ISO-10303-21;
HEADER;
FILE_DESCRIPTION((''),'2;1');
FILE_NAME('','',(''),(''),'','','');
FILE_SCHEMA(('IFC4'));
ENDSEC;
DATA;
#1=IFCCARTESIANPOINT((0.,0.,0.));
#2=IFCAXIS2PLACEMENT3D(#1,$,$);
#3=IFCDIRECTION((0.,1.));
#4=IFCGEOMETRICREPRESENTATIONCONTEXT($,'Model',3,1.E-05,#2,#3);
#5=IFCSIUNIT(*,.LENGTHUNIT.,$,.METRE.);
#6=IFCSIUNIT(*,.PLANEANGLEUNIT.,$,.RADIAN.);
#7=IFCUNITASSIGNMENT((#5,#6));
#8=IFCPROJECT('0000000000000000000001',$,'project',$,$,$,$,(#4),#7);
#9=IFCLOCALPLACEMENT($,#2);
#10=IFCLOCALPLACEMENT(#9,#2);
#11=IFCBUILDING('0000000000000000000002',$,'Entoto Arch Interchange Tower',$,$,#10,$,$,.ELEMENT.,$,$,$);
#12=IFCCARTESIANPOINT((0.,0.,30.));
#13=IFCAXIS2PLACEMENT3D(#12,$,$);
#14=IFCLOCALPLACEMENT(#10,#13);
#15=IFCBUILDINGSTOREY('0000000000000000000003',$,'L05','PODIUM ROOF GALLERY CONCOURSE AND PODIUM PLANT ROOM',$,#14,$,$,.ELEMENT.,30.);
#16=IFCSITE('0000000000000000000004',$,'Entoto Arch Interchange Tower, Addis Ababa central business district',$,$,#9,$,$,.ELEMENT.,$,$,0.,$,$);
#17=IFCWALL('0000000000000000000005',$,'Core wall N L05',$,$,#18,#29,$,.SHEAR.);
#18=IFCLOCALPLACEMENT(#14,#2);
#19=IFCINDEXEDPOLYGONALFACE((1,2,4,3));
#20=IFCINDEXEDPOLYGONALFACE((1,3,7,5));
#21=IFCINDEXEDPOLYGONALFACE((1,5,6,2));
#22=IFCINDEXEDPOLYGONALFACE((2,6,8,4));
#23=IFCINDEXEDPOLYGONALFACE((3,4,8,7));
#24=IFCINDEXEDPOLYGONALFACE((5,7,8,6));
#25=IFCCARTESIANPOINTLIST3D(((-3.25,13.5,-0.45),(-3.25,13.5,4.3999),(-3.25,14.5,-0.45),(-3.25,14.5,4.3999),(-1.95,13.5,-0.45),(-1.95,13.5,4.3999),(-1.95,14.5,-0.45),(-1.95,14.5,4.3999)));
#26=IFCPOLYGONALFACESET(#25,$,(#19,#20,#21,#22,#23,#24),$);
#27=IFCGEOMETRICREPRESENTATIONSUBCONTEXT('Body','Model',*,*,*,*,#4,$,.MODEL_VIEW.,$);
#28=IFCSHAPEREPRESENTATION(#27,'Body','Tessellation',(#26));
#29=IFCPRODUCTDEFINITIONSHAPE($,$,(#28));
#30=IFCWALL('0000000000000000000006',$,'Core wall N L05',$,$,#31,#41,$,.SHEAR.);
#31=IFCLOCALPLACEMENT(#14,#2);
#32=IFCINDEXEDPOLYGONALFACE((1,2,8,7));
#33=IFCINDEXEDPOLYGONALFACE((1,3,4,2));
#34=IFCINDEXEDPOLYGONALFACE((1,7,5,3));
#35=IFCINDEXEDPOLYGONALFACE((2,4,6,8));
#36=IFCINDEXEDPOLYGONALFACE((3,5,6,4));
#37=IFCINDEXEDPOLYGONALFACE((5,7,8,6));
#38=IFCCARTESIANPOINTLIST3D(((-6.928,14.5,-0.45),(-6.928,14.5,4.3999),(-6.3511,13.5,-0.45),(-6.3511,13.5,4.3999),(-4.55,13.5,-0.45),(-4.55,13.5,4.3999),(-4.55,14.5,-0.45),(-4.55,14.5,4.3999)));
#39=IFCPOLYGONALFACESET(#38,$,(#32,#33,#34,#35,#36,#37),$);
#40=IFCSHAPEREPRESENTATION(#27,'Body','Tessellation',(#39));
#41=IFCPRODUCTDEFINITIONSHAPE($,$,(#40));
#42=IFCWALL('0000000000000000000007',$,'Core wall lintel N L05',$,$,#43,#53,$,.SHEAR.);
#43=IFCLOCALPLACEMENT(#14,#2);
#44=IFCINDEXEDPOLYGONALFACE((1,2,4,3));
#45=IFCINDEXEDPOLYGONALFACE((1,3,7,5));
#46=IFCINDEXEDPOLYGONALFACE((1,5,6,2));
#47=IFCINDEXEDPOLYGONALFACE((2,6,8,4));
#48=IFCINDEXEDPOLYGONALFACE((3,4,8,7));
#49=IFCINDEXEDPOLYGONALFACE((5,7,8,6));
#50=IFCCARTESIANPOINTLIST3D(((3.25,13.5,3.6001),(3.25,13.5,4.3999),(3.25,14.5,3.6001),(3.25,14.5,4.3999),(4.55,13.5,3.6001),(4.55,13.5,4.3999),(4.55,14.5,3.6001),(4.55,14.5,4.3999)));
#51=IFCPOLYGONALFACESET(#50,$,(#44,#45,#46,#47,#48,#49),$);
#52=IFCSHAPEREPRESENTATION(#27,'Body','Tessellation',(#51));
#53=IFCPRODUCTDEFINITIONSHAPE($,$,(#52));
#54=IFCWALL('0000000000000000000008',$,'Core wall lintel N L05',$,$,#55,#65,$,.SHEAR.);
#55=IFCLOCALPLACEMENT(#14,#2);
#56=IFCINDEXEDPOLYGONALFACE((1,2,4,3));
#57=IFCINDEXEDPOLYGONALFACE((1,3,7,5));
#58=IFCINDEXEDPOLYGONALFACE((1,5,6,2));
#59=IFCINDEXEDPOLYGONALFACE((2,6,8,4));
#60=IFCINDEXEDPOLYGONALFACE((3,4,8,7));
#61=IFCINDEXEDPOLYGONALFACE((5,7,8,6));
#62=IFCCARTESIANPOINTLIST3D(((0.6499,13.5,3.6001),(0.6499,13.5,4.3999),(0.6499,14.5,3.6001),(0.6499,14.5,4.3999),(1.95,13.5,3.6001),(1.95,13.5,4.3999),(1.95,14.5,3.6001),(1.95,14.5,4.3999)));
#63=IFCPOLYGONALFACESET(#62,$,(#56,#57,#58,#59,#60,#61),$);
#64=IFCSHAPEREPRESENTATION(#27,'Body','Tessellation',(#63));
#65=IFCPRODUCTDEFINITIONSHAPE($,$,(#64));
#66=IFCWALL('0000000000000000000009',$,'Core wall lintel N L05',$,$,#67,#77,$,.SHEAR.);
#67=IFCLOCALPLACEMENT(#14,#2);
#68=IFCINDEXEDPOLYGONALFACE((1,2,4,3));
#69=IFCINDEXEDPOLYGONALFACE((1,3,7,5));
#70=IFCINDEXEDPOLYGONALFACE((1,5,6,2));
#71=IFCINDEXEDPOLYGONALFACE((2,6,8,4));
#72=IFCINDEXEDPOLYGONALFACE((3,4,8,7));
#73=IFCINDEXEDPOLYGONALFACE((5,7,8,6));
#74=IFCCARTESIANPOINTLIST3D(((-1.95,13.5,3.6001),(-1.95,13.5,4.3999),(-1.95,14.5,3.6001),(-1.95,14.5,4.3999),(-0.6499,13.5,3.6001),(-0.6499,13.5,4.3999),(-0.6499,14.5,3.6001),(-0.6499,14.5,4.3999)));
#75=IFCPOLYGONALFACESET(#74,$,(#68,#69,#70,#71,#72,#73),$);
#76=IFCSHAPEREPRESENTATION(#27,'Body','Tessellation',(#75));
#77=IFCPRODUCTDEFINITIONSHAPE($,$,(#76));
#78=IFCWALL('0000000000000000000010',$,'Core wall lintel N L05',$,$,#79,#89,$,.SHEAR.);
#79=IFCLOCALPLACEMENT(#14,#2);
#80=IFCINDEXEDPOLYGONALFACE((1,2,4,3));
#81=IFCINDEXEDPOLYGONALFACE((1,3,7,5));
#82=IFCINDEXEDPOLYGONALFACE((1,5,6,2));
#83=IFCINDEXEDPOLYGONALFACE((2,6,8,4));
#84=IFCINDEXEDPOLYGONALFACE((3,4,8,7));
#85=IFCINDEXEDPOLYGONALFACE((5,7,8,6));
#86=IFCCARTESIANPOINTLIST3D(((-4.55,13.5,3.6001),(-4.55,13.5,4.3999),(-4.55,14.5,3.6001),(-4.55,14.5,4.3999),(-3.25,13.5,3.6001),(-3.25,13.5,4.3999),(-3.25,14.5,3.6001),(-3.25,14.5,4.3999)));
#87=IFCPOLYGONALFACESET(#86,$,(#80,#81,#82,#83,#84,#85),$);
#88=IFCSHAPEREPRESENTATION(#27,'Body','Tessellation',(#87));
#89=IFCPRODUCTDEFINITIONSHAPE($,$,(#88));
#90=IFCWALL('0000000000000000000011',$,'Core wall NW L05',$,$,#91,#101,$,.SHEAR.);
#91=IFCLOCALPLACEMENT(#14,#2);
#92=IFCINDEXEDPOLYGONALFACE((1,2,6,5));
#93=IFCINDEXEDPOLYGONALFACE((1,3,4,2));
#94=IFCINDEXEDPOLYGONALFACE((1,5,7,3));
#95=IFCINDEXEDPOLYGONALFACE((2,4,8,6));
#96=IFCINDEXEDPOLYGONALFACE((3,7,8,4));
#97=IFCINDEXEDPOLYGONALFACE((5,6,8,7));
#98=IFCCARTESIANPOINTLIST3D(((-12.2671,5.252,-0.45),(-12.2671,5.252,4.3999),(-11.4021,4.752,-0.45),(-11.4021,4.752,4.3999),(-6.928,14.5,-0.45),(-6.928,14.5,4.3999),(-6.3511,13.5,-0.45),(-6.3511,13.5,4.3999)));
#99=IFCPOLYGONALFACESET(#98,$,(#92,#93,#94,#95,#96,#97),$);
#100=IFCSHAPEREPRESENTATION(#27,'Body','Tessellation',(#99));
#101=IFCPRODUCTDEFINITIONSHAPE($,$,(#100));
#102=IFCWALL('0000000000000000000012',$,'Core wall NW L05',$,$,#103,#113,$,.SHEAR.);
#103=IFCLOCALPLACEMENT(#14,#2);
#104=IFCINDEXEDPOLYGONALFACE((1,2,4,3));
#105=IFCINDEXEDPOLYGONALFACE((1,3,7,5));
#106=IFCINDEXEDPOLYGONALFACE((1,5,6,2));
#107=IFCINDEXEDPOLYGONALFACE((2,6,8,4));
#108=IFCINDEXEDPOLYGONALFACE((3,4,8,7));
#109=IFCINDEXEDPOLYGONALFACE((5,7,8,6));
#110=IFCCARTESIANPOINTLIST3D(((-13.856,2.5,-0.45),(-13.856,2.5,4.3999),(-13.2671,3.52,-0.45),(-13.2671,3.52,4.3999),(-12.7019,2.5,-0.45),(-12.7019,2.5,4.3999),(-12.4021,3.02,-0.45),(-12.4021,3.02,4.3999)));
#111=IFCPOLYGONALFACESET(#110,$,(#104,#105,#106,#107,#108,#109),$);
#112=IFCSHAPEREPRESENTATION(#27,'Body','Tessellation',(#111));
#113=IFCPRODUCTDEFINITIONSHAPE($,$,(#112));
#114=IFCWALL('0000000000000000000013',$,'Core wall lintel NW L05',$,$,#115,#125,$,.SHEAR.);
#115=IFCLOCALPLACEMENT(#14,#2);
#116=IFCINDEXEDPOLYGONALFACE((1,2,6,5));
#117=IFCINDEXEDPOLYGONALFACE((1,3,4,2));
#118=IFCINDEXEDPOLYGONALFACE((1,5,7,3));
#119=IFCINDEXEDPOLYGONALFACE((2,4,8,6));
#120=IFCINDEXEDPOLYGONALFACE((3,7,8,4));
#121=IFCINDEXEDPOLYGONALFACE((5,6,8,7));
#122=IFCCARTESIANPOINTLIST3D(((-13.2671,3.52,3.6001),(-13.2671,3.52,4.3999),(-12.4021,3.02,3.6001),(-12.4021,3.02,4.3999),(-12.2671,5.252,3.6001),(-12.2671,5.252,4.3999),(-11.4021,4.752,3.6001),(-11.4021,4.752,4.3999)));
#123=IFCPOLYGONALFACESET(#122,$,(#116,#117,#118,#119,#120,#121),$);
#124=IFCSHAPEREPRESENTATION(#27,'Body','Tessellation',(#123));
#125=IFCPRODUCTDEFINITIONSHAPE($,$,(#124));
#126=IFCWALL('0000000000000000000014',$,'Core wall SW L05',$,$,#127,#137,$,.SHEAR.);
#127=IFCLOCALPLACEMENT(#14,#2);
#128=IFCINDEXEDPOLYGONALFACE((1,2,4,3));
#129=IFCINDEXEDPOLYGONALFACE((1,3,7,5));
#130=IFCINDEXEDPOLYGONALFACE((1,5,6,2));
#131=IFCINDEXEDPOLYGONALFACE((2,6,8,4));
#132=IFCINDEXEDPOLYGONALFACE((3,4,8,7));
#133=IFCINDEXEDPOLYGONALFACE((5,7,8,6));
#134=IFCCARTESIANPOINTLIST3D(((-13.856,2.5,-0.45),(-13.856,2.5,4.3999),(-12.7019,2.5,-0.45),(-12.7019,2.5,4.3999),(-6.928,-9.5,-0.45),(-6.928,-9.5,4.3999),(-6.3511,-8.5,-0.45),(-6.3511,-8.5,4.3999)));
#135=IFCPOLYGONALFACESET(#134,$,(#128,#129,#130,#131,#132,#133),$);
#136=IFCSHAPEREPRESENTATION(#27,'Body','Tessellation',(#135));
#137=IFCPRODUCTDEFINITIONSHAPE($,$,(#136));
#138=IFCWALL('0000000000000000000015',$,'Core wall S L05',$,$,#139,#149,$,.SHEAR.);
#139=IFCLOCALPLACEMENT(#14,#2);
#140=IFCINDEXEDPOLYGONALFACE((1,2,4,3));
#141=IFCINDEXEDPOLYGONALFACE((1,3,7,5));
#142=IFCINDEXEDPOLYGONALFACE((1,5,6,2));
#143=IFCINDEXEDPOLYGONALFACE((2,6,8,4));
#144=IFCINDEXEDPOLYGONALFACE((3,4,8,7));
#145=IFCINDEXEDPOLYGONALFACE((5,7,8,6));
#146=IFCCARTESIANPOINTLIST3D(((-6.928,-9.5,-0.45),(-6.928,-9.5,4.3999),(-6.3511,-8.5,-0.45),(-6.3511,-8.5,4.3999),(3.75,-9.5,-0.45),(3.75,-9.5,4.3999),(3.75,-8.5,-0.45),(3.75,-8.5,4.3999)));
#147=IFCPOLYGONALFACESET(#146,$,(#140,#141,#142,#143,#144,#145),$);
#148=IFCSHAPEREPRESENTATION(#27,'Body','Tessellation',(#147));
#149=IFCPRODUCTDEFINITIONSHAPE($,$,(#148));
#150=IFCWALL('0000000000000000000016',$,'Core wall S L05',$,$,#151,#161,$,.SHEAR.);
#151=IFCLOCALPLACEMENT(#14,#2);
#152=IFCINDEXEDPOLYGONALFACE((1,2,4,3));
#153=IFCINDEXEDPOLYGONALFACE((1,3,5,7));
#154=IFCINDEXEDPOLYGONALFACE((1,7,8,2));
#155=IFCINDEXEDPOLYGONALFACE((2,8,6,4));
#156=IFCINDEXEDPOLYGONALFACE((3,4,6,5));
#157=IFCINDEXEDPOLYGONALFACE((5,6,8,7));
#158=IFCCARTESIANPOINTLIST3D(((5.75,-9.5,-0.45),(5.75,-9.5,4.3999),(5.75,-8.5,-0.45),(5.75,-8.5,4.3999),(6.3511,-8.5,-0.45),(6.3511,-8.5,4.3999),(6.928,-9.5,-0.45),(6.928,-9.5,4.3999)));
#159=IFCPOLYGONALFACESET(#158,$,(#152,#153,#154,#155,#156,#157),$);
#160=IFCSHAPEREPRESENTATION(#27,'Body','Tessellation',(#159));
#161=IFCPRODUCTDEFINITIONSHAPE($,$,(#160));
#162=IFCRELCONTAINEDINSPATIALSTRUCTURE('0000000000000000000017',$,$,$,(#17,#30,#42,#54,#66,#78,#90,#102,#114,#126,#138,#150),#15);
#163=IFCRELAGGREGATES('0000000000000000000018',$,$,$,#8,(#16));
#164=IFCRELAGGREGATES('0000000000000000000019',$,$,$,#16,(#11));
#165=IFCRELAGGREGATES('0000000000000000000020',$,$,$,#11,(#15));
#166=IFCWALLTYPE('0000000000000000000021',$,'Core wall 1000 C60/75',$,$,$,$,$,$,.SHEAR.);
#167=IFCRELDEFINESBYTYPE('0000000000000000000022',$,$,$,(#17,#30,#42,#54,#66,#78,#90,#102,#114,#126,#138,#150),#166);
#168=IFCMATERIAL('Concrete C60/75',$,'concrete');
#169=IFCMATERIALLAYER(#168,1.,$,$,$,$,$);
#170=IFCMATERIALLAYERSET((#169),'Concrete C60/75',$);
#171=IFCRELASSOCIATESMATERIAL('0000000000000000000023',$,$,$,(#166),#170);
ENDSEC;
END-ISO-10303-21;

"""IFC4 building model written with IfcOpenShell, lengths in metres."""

from ifc_helpers import new_model, si_unit, direction, frame, origin, place, context, subcontext, project, spatial, polyline, outline, extrude, material, layer, layer_set, type_object, element, save


model = new_model("IFC4")

# Units and contexts
model_context = context("Model", 3, precision=1e-05, world=origin(), true_north=direction((0.0, 1.0)))
body_context = subcontext(model_context, "Body", "Model", "MODEL_VIEW")
ifc_project = project(units=[si_unit("LENGTHUNIT", "METRE"), si_unit("PLANEANGLEUNIT", "RADIAN")], contexts=[model_context])

# Site, building, storey
site_placement = place(None, origin())
site = spatial("IfcSite", under=ifc_project, at=site_placement, Name="Entoto Arch Interchange Tower, Addis Ababa central business district", CompositionType="ELEMENT", RefElevation=0.0)
building_placement = place(site_placement, origin())
building = spatial("IfcBuilding", under=site, at=building_placement, Name="Entoto Arch Interchange Tower", CompositionType="ELEMENT")
storey_placement = place(building_placement, frame((0.0, 0.0, 30.0)))
storey = spatial("IfcBuildingStorey", under=building, at=storey_placement, Name="L05", Description="PODIUM ROOF GALLERY CONCOURSE AND PODIUM PLANT ROOM", CompositionType="ELEMENT", Elevation=30.0)

# Walls
ifc_material_1 = material(Name="Concrete C60/75", Category="concrete")
ifc_layer_1 = layer(ifc_material_1, 1.0)
ifc_layer_set_1 = layer_set([ifc_layer_1], Name="Concrete C60/75")
wall_type_1 = type_object("IfcWallType", Name="Core wall 1000 C60/75", PredefinedType="SHEAR", material=ifc_layer_set_1)
wall_1_placement = place(storey_placement, frame((0.0, 0.0, -0.45)))
element("IfcWall", 1, at=wall_1_placement, inside=storey, type_object=wall_type_1, Name="Core wall N L05", PredefinedType="SHEAR", context=body_context, shape_type="SweptSolid", body=[
    extrude(outline(polyline([(-3.25, 14.5), (-3.25, 13.5), (-1.95, 13.5), (-1.95, 14.5), (-3.25, 14.5)])), origin(), (0.0, 0.0, 1.0), 4.8499),
])
wall_2_placement = place(storey_placement, frame((0.0, 0.0, -0.45)))
element("IfcWall", 2, at=wall_2_placement, inside=storey, type_object=wall_type_1, Name="Core wall N L05", PredefinedType="SHEAR", context=body_context, shape_type="SweptSolid", body=[
    extrude(outline(polyline([(-4.55, 13.5), (-4.55, 14.5), (-6.928, 14.5), (-6.3511, 13.5), (-4.55, 13.5)])), origin(), (0.0, 0.0, 1.0), 4.8499),
])
wall_3_placement = place(storey_placement, frame((0.0, 0.0, 3.6001)))
element("IfcWall", 3, at=wall_3_placement, inside=storey, type_object=wall_type_1, Name="Core wall lintel N L05", PredefinedType="SHEAR", context=body_context, shape_type="SweptSolid", body=[
    extrude(outline(polyline([(3.25, 14.5), (3.25, 13.5), (4.55, 13.5), (4.55, 14.5), (3.25, 14.5)])), origin(), (0.0, 0.0, 1.0), 0.7998),
])
wall_4_placement = place(storey_placement, frame((0.0, 0.0, 3.6001)))
element("IfcWall", 4, at=wall_4_placement, inside=storey, type_object=wall_type_1, Name="Core wall lintel N L05", PredefinedType="SHEAR", context=body_context, shape_type="SweptSolid", body=[
    extrude(outline(polyline([(0.6499, 14.5), (0.6499, 13.5), (1.95, 13.5), (1.95, 14.5), (0.6499, 14.5)])), origin(), (0.0, 0.0, 1.0), 0.7998),
])
wall_5_placement = place(storey_placement, frame((0.0, 0.0, 3.6001)))
element("IfcWall", 5, at=wall_5_placement, inside=storey, type_object=wall_type_1, Name="Core wall lintel N L05", PredefinedType="SHEAR", context=body_context, shape_type="SweptSolid", body=[
    extrude(outline(polyline([(-1.95, 14.5), (-1.95, 13.5), (-0.6499, 13.5), (-0.6499, 14.5), (-1.95, 14.5)])), origin(), (0.0, 0.0, 1.0), 0.7998),
])
wall_6_placement = place(storey_placement, frame((0.0, 0.0, 3.6001)))
element("IfcWall", 6, at=wall_6_placement, inside=storey, type_object=wall_type_1, Name="Core wall lintel N L05", PredefinedType="SHEAR", context=body_context, shape_type="SweptSolid", body=[
    extrude(outline(polyline([(-4.55, 14.5), (-4.55, 13.5), (-3.25, 13.5), (-3.25, 14.5), (-4.55, 14.5)])), origin(), (0.0, 0.0, 1.0), 0.7998),
])
wall_7_placement = place(storey_placement, frame((0.0, 0.0, -0.45)))
element("IfcWall", 7, at=wall_7_placement, inside=storey, type_object=wall_type_1, Name="Core wall NW L05", PredefinedType="SHEAR", context=body_context, shape_type="SweptSolid", body=[
    extrude(outline(polyline([(-12.2671, 5.252), (-11.4021, 4.752), (-6.3511, 13.5), (-6.928, 14.5), (-12.2671, 5.252)])), origin(), (0.0, 0.0, 1.0), 4.8499),
])
wall_8_placement = place(storey_placement, frame((0.0, 0.0, -0.45)))
element("IfcWall", 8, at=wall_8_placement, inside=storey, type_object=wall_type_1, Name="Core wall NW L05", PredefinedType="SHEAR", context=body_context, shape_type="SweptSolid", body=[
    extrude(outline(polyline([(-12.4021, 3.02), (-13.2671, 3.52), (-13.856, 2.5), (-12.7019, 2.5), (-12.4021, 3.02)])), origin(), (0.0, 0.0, 1.0), 4.8499),
])
wall_9_placement = place(storey_placement, frame((0.0, 0.0, 3.6001)))
element("IfcWall", 9, at=wall_9_placement, inside=storey, type_object=wall_type_1, Name="Core wall lintel NW L05", PredefinedType="SHEAR", context=body_context, shape_type="SweptSolid", body=[
    extrude(outline(polyline([(-13.2671, 3.52), (-12.4021, 3.02), (-11.4021, 4.752), (-12.2671, 5.252), (-13.2671, 3.52)])), origin(), (0.0, 0.0, 1.0), 0.7998),
])
wall_10_placement = place(storey_placement, frame((0.0, 0.0, -0.45)))
element("IfcWall", 10, at=wall_10_placement, inside=storey, type_object=wall_type_1, Name="Core wall SW L05", PredefinedType="SHEAR", context=body_context, shape_type="SweptSolid", body=[
    extrude(outline(polyline([(-13.856, 2.5), (-6.928, -9.5), (-6.3511, -8.5), (-12.7019, 2.5), (-13.856, 2.5)])), origin(), (0.0, 0.0, 1.0), 4.8499),
])
wall_11_placement = place(storey_placement, frame((0.0, 0.0, -0.45)))
element("IfcWall", 11, at=wall_11_placement, inside=storey, type_object=wall_type_1, Name="Core wall S L05", PredefinedType="SHEAR", context=body_context, shape_type="SweptSolid", body=[
    extrude(outline(polyline([(3.75, -9.5), (3.75, -8.5), (-6.3511, -8.5), (-6.928, -9.5), (3.75, -9.5)])), origin(), (0.0, 0.0, 1.0), 4.8499),
])
wall_12_placement = place(storey_placement, frame((0.0, 0.0, -0.45)))
element("IfcWall", 12, at=wall_12_placement, inside=storey, type_object=wall_type_1, Name="Core wall S L05", PredefinedType="SHEAR", context=body_context, shape_type="SweptSolid", body=[
    extrude(outline(polyline([(5.75, -8.5), (5.75, -9.5), (6.928, -9.5), (6.3511, -8.5), (5.75, -8.5)])), origin(), (0.0, 0.0, 1.0), 4.8499),
])

save(model, "model.ifc")
